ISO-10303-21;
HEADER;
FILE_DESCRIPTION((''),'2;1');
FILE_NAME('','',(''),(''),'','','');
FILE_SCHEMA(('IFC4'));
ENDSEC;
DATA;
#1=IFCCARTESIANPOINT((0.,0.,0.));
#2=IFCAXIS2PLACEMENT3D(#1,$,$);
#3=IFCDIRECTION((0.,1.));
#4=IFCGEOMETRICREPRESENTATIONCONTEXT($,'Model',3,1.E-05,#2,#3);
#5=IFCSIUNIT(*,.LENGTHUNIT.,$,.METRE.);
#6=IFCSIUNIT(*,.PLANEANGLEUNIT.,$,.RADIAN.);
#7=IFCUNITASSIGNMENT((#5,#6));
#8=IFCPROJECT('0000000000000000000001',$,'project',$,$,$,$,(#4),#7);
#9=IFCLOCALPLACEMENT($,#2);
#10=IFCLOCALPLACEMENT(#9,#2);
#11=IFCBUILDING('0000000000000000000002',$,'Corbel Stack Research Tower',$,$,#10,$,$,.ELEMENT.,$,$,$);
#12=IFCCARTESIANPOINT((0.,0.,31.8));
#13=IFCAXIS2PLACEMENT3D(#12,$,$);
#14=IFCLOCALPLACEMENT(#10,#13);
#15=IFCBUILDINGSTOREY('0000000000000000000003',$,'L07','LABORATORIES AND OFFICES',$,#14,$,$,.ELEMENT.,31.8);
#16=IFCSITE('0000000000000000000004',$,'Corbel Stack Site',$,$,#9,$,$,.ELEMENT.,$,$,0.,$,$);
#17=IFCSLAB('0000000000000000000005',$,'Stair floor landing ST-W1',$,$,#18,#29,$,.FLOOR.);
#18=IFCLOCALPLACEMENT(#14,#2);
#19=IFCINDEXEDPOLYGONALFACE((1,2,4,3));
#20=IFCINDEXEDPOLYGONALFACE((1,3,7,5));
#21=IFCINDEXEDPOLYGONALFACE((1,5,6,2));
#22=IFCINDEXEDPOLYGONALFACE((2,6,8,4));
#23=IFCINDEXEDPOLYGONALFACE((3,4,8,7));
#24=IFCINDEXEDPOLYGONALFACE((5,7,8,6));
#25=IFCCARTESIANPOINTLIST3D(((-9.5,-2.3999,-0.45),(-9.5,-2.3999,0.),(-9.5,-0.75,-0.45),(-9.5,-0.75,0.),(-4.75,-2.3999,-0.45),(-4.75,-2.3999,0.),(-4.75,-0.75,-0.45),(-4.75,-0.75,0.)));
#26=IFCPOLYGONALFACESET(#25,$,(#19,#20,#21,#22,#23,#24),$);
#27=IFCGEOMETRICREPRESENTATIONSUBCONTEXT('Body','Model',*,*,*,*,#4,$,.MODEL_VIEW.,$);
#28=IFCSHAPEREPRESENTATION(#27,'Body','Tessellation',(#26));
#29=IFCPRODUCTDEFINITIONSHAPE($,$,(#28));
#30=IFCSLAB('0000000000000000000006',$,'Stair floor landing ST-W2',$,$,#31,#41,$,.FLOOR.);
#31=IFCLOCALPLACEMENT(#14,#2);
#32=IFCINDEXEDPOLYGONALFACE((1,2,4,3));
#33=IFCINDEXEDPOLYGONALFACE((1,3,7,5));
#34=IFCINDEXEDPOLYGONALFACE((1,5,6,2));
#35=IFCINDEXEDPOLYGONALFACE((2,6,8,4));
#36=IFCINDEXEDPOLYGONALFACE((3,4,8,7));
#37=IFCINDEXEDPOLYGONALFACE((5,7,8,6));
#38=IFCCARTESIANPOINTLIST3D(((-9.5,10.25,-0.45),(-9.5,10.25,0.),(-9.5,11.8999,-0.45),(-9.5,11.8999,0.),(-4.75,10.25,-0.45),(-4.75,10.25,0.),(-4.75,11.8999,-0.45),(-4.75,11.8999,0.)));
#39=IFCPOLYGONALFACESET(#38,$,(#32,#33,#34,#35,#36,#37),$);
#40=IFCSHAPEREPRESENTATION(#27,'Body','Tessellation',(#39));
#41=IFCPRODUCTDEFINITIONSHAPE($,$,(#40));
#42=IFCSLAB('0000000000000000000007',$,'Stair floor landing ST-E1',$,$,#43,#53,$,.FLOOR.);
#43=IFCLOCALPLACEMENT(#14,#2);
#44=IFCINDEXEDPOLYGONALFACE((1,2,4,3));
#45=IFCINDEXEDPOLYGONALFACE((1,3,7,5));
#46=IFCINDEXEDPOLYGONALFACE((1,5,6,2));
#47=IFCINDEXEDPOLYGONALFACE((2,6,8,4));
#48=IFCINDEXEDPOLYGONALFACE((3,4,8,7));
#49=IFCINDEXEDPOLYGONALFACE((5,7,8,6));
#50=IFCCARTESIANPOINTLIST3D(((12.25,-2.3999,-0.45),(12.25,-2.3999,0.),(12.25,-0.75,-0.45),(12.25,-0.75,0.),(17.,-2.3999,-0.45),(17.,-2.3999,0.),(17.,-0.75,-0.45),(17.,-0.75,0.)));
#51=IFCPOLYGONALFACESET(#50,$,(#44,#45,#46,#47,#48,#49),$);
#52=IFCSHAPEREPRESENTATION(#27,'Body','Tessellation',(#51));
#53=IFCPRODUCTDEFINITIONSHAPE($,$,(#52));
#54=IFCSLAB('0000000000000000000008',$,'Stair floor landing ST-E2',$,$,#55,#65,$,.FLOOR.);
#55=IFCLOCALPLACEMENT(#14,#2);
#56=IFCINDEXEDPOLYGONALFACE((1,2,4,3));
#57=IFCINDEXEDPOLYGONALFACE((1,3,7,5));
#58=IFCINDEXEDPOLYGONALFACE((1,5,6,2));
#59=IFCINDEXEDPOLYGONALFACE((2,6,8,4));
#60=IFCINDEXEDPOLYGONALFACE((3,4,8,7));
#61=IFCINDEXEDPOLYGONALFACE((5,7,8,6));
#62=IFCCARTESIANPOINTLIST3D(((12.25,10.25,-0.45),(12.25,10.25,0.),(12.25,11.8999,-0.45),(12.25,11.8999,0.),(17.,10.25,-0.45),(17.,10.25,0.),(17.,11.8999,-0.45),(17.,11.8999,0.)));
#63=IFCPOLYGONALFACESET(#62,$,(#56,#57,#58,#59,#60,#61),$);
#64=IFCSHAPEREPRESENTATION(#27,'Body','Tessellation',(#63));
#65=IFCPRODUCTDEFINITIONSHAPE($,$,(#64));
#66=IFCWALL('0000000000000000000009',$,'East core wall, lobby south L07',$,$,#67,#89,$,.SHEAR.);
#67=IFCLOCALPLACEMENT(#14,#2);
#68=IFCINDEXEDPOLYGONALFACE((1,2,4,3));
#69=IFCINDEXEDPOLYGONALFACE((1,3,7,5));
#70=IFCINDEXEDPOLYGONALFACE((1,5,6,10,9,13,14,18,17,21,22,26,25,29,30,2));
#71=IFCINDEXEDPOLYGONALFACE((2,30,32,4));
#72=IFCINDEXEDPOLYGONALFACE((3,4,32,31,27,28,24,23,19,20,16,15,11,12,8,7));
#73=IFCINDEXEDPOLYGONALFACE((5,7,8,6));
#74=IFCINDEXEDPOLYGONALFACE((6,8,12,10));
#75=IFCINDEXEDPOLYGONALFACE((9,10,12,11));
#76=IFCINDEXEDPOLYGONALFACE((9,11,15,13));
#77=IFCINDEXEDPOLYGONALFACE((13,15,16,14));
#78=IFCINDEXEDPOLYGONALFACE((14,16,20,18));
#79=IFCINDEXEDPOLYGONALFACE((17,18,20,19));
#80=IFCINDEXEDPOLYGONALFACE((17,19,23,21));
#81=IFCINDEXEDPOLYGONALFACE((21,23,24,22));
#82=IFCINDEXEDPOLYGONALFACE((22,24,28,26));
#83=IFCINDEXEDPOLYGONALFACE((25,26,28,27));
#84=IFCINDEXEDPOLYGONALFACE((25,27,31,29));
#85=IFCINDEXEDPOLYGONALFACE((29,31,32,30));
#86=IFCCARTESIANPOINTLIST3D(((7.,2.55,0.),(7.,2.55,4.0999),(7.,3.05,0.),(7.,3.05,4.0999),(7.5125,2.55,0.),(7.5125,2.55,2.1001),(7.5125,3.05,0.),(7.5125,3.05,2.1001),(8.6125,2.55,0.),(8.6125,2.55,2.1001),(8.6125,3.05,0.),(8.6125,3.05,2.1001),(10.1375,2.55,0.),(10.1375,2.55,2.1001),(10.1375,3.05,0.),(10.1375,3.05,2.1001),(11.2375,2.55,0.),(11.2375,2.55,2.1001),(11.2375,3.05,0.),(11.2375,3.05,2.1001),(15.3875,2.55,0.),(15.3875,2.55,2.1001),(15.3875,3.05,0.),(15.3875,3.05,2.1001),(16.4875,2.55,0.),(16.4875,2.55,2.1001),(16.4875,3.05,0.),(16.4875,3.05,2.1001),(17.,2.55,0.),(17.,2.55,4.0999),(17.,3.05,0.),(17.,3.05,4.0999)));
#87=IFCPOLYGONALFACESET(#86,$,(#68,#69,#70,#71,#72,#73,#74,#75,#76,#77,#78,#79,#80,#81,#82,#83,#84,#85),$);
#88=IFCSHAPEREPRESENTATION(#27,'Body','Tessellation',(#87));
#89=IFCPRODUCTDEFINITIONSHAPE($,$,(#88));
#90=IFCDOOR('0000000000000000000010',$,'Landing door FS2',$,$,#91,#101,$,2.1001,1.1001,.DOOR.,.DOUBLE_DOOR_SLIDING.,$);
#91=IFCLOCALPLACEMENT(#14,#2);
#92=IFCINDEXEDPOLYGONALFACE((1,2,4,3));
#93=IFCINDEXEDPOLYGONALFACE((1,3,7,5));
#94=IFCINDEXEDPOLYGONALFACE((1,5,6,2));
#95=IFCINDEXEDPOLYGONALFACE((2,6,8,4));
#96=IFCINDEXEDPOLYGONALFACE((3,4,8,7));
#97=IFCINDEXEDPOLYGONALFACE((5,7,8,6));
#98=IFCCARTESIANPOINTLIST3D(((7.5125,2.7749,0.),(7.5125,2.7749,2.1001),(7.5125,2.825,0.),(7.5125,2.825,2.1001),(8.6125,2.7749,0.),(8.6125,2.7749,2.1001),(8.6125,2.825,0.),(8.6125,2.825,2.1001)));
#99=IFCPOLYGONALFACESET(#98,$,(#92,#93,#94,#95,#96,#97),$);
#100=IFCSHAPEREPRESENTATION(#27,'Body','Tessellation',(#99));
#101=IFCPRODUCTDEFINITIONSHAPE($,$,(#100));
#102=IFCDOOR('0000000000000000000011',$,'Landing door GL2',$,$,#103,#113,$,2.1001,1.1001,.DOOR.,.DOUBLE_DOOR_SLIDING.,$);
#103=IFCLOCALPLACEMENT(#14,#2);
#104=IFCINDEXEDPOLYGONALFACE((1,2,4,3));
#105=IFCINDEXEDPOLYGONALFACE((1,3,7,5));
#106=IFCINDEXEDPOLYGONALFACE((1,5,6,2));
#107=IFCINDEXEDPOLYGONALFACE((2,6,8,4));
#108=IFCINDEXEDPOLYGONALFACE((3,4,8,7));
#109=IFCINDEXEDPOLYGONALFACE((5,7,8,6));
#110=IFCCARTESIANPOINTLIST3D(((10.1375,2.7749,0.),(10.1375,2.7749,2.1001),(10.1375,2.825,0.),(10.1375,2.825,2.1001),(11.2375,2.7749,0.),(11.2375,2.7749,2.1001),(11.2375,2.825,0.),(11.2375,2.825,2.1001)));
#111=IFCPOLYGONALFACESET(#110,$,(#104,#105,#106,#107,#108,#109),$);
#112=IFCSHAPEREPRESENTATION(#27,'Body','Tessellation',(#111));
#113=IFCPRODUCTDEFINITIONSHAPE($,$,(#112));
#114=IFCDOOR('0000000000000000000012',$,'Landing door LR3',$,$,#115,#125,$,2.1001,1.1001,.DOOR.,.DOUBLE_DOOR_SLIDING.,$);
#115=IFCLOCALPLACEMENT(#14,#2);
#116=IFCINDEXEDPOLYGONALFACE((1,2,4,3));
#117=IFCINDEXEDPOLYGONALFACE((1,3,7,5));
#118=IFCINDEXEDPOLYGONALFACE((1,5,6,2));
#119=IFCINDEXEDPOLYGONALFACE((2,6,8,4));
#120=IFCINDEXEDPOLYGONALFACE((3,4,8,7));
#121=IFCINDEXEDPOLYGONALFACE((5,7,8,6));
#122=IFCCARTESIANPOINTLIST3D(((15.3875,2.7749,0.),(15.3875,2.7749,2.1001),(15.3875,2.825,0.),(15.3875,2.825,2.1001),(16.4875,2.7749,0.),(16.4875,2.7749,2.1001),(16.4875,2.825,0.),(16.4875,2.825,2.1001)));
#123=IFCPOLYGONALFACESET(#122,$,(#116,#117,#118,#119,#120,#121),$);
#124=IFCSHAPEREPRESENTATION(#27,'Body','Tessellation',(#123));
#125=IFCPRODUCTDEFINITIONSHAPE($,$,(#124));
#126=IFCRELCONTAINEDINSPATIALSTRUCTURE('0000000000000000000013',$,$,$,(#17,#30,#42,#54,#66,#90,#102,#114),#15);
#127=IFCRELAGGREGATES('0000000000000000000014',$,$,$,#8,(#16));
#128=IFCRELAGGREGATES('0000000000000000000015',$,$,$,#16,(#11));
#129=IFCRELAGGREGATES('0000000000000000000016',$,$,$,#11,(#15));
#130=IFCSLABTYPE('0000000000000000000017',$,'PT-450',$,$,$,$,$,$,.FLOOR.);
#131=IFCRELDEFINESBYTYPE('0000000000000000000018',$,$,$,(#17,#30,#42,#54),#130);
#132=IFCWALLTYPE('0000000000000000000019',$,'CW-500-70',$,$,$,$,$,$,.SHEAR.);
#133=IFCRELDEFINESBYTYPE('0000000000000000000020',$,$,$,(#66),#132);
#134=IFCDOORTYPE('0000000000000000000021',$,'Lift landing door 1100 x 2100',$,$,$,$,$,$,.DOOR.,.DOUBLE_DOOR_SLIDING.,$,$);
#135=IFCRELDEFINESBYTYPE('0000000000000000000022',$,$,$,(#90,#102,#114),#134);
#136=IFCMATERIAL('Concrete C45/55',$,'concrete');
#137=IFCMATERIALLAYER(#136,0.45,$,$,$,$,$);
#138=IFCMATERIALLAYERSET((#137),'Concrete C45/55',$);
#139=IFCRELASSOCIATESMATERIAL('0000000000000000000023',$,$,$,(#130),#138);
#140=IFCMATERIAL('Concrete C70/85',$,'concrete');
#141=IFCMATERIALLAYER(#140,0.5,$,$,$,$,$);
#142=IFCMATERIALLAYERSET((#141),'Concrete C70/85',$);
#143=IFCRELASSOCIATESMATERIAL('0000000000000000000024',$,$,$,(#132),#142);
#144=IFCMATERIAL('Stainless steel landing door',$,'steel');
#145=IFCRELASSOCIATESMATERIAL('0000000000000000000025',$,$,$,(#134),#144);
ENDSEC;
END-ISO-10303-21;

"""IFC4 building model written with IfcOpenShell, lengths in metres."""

from ifc_helpers import new_model, si_unit, direction, frame, frame_2d, origin, place, context, subcontext, project, spatial, polyline, rectangle, outline, extrude, material, layer, layer_set, type_object, element, fill, save


model = new_model("IFC4")

# Units and contexts
model_context = context("Model", 3, precision=1e-05, world=origin(), true_north=direction((0.0, 1.0)))
body_context = subcontext(model_context, "Body", "Model", "MODEL_VIEW")
ifc_project = project(units=[si_unit("LENGTHUNIT", "METRE"), si_unit("PLANEANGLEUNIT", "RADIAN")], contexts=[model_context])

# Site, building, storey
site_placement = place(None, origin())
site = spatial("IfcSite", under=ifc_project, at=site_placement, Name="Corbel Stack Site", CompositionType="ELEMENT", RefElevation=0.0)
building_placement = place(site_placement, origin())
building = spatial("IfcBuilding", under=site, at=building_placement, Name="Corbel Stack Research Tower", CompositionType="ELEMENT")
storey_placement = place(building_placement, frame((0.0, 0.0, 31.8)))
storey = spatial("IfcBuildingStorey", under=building, at=storey_placement, Name="L07", Description="LABORATORIES AND OFFICES", CompositionType="ELEMENT", Elevation=31.8)

# Slabs
ifc_material_1 = material(Name="Concrete C45/55", Category="concrete")
ifc_layer_1 = layer(ifc_material_1, 0.45)
ifc_layer_set_1 = layer_set([ifc_layer_1], Name="Concrete C45/55")
slab_type = type_object("IfcSlabType", Name="PT-450", PredefinedType="FLOOR", material=ifc_layer_set_1)
slab_1_placement = place(storey_placement, frame((0.0, 0.0, -0.45)))
element("IfcSlab", 1, at=slab_1_placement, inside=storey, type_object=slab_type, Name="Stair floor landing ST-W1", PredefinedType="FLOOR", context=body_context, shape_type="SweptSolid", body=[
    extrude(outline(polyline([(-9.5, -2.3999), (-4.75, -2.3999), (-4.75, -0.75), (-9.5, -0.75), (-9.5, -2.3999)])), origin(), (0.0, 0.0, 1.0), 0.45),
])
slab_2_placement = place(storey_placement, frame((0.0, 0.0, -0.45)))
element("IfcSlab", 2, at=slab_2_placement, inside=storey, type_object=slab_type, Name="Stair floor landing ST-W2", PredefinedType="FLOOR", context=body_context, shape_type="SweptSolid", body=[
    extrude(outline(polyline([(-9.5, 10.25), (-4.75, 10.25), (-4.75, 11.8999), (-9.5, 11.8999), (-9.5, 10.25)])), origin(), (0.0, 0.0, 1.0), 0.45),
])
slab_3_placement = place(storey_placement, frame((0.0, 0.0, -0.45)))
element("IfcSlab", 3, at=slab_3_placement, inside=storey, type_object=slab_type, Name="Stair floor landing ST-E1", PredefinedType="FLOOR", context=body_context, shape_type="SweptSolid", body=[
    extrude(outline(polyline([(12.25, -2.3999), (17.0, -2.3999), (17.0, -0.75), (12.25, -0.75), (12.25, -2.3999)])), origin(), (0.0, 0.0, 1.0), 0.45),
])
slab_4_placement = place(storey_placement, frame((0.0, 0.0, -0.45)))
element("IfcSlab", 4, at=slab_4_placement, inside=storey, type_object=slab_type, Name="Stair floor landing ST-E2", PredefinedType="FLOOR", context=body_context, shape_type="SweptSolid", body=[
    extrude(outline(polyline([(12.25, 10.25), (17.0, 10.25), (17.0, 11.8999), (12.25, 11.8999), (12.25, 10.25)])), origin(), (0.0, 0.0, 1.0), 0.45),
])

# Wall, openings, doors
ifc_material_2 = material(Name="Concrete C70/85", Category="concrete")
ifc_layer_2 = layer(ifc_material_2, 0.5)
ifc_layer_set_2 = layer_set([ifc_layer_2], Name="Concrete C70/85")
wall_type_1 = type_object("IfcWallType", Name="CW-500-70", PredefinedType="SHEAR", material=ifc_layer_set_2)
wall_1_placement = place(storey_placement, frame((7.0, 2.8, 0.0), z_axis=(0.0, 0.0, 1.0), x_axis=(1.0, 0.0, 0.0)))
wall_1 = element("IfcWall", 5, at=wall_1_placement, inside=storey, type_object=wall_type_1, Name="East core wall, lobby south L07", PredefinedType="SHEAR", context=body_context, shape_type="SweptSolid", body=[
    extrude(rectangle(XDim=10.0, YDim=0.5, at=frame_2d((5.0, 0.0))), origin(), (0.0, 0.0, 1.0), 4.0999),
])
opening_1_placement = place(wall_1_placement, frame((0.5125, 0.0, 0.0)))
opening_1 = element("IfcOpeningElement", 6, at=opening_1_placement, cuts=wall_1, PredefinedType="OPENING", context=body_context, shape_type="SweptSolid", body=[
    extrude(rectangle(XDim=1.1001, YDim=2.1001, at=frame_2d((0.55, 1.05))), frame((0.0, 0.26, 0.0), z_axis=(0.0, -1.0, 0.0), x_axis=(1.0, 0.0, 0.0)), (0.0, 0.0, 1.0), 0.52),
])
opening_2_placement = place(wall_1_placement, frame((3.1375, 0.0, 0.0)))
opening_2 = element("IfcOpeningElement", 7, at=opening_2_placement, cuts=wall_1, PredefinedType="OPENING", context=body_context, shape_type="SweptSolid", body=[
    extrude(rectangle(XDim=1.1001, YDim=2.1001, at=frame_2d((0.55, 1.05))), frame((0.0, 0.26, 0.0), z_axis=(0.0, -1.0, 0.0), x_axis=(1.0, 0.0, 0.0)), (0.0, 0.0, 1.0), 0.52),
])
opening_3_placement = place(wall_1_placement, frame((8.3875, 0.0, 0.0)))
opening_3 = element("IfcOpeningElement", 8, at=opening_3_placement, cuts=wall_1, PredefinedType="OPENING", context=body_context, shape_type="SweptSolid", body=[
    extrude(rectangle(XDim=1.1001, YDim=2.1001, at=frame_2d((0.55, 1.05))), frame((0.0, 0.26, 0.0), z_axis=(0.0, -1.0, 0.0), x_axis=(1.0, 0.0, 0.0)), (0.0, 0.0, 1.0), 0.52),
])
ifc_material_3 = material(Name="Stainless steel landing door", Category="steel")
door_type_1 = type_object("IfcDoorType", Name="Lift landing door 1100 x 2100", OperationType="DOUBLE_DOOR_SLIDING", PredefinedType="DOOR", material=ifc_material_3)
door_1_placement = place(opening_1_placement, origin())
door_1 = element("IfcDoor", 9, at=door_1_placement, inside=storey, type_object=door_type_1, Name="Landing door FS2", OperationType="DOUBLE_DOOR_SLIDING", OverallHeight=2.1001, OverallWidth=1.1001, PredefinedType="DOOR", context=body_context, shape_type="SweptSolid", body=[
    extrude(rectangle(XDim=1.1001, YDim=2.1001, at=frame_2d((0.55, 1.05))), frame((0.0, 0.0249, 0.0), z_axis=(0.0, -1.0, 0.0), x_axis=(1.0, 0.0, 0.0)), (0.0, 0.0, 1.0), 0.05),
])
fill(opening_1, door_1)
door_2_placement = place(opening_2_placement, origin())
door_2 = element("IfcDoor", 10, at=door_2_placement, inside=storey, type_object=door_type_1, Name="Landing door GL2", OperationType="DOUBLE_DOOR_SLIDING", OverallHeight=2.1001, OverallWidth=1.1001, PredefinedType="DOOR", context=body_context, shape_type="SweptSolid", body=[
    extrude(rectangle(XDim=1.1001, YDim=2.1001, at=frame_2d((0.55, 1.05))), frame((0.0, 0.0249, 0.0), z_axis=(0.0, -1.0, 0.0), x_axis=(1.0, 0.0, 0.0)), (0.0, 0.0, 1.0), 0.05),
])
fill(opening_2, door_2)
door_3_placement = place(opening_3_placement, origin())
door_3 = element("IfcDoor", 11, at=door_3_placement, inside=storey, type_object=door_type_1, Name="Landing door LR3", OperationType="DOUBLE_DOOR_SLIDING", OverallHeight=2.1001, OverallWidth=1.1001, PredefinedType="DOOR", context=body_context, shape_type="SweptSolid", body=[
    extrude(rectangle(XDim=1.1001, YDim=2.1001, at=frame_2d((0.55, 1.05))), frame((0.0, 0.0249, 0.0), z_axis=(0.0, -1.0, 0.0), x_axis=(1.0, 0.0, 0.0)), (0.0, 0.0, 1.0), 0.05),
])
fill(opening_3, door_3)

save(model, "model.ifc")
